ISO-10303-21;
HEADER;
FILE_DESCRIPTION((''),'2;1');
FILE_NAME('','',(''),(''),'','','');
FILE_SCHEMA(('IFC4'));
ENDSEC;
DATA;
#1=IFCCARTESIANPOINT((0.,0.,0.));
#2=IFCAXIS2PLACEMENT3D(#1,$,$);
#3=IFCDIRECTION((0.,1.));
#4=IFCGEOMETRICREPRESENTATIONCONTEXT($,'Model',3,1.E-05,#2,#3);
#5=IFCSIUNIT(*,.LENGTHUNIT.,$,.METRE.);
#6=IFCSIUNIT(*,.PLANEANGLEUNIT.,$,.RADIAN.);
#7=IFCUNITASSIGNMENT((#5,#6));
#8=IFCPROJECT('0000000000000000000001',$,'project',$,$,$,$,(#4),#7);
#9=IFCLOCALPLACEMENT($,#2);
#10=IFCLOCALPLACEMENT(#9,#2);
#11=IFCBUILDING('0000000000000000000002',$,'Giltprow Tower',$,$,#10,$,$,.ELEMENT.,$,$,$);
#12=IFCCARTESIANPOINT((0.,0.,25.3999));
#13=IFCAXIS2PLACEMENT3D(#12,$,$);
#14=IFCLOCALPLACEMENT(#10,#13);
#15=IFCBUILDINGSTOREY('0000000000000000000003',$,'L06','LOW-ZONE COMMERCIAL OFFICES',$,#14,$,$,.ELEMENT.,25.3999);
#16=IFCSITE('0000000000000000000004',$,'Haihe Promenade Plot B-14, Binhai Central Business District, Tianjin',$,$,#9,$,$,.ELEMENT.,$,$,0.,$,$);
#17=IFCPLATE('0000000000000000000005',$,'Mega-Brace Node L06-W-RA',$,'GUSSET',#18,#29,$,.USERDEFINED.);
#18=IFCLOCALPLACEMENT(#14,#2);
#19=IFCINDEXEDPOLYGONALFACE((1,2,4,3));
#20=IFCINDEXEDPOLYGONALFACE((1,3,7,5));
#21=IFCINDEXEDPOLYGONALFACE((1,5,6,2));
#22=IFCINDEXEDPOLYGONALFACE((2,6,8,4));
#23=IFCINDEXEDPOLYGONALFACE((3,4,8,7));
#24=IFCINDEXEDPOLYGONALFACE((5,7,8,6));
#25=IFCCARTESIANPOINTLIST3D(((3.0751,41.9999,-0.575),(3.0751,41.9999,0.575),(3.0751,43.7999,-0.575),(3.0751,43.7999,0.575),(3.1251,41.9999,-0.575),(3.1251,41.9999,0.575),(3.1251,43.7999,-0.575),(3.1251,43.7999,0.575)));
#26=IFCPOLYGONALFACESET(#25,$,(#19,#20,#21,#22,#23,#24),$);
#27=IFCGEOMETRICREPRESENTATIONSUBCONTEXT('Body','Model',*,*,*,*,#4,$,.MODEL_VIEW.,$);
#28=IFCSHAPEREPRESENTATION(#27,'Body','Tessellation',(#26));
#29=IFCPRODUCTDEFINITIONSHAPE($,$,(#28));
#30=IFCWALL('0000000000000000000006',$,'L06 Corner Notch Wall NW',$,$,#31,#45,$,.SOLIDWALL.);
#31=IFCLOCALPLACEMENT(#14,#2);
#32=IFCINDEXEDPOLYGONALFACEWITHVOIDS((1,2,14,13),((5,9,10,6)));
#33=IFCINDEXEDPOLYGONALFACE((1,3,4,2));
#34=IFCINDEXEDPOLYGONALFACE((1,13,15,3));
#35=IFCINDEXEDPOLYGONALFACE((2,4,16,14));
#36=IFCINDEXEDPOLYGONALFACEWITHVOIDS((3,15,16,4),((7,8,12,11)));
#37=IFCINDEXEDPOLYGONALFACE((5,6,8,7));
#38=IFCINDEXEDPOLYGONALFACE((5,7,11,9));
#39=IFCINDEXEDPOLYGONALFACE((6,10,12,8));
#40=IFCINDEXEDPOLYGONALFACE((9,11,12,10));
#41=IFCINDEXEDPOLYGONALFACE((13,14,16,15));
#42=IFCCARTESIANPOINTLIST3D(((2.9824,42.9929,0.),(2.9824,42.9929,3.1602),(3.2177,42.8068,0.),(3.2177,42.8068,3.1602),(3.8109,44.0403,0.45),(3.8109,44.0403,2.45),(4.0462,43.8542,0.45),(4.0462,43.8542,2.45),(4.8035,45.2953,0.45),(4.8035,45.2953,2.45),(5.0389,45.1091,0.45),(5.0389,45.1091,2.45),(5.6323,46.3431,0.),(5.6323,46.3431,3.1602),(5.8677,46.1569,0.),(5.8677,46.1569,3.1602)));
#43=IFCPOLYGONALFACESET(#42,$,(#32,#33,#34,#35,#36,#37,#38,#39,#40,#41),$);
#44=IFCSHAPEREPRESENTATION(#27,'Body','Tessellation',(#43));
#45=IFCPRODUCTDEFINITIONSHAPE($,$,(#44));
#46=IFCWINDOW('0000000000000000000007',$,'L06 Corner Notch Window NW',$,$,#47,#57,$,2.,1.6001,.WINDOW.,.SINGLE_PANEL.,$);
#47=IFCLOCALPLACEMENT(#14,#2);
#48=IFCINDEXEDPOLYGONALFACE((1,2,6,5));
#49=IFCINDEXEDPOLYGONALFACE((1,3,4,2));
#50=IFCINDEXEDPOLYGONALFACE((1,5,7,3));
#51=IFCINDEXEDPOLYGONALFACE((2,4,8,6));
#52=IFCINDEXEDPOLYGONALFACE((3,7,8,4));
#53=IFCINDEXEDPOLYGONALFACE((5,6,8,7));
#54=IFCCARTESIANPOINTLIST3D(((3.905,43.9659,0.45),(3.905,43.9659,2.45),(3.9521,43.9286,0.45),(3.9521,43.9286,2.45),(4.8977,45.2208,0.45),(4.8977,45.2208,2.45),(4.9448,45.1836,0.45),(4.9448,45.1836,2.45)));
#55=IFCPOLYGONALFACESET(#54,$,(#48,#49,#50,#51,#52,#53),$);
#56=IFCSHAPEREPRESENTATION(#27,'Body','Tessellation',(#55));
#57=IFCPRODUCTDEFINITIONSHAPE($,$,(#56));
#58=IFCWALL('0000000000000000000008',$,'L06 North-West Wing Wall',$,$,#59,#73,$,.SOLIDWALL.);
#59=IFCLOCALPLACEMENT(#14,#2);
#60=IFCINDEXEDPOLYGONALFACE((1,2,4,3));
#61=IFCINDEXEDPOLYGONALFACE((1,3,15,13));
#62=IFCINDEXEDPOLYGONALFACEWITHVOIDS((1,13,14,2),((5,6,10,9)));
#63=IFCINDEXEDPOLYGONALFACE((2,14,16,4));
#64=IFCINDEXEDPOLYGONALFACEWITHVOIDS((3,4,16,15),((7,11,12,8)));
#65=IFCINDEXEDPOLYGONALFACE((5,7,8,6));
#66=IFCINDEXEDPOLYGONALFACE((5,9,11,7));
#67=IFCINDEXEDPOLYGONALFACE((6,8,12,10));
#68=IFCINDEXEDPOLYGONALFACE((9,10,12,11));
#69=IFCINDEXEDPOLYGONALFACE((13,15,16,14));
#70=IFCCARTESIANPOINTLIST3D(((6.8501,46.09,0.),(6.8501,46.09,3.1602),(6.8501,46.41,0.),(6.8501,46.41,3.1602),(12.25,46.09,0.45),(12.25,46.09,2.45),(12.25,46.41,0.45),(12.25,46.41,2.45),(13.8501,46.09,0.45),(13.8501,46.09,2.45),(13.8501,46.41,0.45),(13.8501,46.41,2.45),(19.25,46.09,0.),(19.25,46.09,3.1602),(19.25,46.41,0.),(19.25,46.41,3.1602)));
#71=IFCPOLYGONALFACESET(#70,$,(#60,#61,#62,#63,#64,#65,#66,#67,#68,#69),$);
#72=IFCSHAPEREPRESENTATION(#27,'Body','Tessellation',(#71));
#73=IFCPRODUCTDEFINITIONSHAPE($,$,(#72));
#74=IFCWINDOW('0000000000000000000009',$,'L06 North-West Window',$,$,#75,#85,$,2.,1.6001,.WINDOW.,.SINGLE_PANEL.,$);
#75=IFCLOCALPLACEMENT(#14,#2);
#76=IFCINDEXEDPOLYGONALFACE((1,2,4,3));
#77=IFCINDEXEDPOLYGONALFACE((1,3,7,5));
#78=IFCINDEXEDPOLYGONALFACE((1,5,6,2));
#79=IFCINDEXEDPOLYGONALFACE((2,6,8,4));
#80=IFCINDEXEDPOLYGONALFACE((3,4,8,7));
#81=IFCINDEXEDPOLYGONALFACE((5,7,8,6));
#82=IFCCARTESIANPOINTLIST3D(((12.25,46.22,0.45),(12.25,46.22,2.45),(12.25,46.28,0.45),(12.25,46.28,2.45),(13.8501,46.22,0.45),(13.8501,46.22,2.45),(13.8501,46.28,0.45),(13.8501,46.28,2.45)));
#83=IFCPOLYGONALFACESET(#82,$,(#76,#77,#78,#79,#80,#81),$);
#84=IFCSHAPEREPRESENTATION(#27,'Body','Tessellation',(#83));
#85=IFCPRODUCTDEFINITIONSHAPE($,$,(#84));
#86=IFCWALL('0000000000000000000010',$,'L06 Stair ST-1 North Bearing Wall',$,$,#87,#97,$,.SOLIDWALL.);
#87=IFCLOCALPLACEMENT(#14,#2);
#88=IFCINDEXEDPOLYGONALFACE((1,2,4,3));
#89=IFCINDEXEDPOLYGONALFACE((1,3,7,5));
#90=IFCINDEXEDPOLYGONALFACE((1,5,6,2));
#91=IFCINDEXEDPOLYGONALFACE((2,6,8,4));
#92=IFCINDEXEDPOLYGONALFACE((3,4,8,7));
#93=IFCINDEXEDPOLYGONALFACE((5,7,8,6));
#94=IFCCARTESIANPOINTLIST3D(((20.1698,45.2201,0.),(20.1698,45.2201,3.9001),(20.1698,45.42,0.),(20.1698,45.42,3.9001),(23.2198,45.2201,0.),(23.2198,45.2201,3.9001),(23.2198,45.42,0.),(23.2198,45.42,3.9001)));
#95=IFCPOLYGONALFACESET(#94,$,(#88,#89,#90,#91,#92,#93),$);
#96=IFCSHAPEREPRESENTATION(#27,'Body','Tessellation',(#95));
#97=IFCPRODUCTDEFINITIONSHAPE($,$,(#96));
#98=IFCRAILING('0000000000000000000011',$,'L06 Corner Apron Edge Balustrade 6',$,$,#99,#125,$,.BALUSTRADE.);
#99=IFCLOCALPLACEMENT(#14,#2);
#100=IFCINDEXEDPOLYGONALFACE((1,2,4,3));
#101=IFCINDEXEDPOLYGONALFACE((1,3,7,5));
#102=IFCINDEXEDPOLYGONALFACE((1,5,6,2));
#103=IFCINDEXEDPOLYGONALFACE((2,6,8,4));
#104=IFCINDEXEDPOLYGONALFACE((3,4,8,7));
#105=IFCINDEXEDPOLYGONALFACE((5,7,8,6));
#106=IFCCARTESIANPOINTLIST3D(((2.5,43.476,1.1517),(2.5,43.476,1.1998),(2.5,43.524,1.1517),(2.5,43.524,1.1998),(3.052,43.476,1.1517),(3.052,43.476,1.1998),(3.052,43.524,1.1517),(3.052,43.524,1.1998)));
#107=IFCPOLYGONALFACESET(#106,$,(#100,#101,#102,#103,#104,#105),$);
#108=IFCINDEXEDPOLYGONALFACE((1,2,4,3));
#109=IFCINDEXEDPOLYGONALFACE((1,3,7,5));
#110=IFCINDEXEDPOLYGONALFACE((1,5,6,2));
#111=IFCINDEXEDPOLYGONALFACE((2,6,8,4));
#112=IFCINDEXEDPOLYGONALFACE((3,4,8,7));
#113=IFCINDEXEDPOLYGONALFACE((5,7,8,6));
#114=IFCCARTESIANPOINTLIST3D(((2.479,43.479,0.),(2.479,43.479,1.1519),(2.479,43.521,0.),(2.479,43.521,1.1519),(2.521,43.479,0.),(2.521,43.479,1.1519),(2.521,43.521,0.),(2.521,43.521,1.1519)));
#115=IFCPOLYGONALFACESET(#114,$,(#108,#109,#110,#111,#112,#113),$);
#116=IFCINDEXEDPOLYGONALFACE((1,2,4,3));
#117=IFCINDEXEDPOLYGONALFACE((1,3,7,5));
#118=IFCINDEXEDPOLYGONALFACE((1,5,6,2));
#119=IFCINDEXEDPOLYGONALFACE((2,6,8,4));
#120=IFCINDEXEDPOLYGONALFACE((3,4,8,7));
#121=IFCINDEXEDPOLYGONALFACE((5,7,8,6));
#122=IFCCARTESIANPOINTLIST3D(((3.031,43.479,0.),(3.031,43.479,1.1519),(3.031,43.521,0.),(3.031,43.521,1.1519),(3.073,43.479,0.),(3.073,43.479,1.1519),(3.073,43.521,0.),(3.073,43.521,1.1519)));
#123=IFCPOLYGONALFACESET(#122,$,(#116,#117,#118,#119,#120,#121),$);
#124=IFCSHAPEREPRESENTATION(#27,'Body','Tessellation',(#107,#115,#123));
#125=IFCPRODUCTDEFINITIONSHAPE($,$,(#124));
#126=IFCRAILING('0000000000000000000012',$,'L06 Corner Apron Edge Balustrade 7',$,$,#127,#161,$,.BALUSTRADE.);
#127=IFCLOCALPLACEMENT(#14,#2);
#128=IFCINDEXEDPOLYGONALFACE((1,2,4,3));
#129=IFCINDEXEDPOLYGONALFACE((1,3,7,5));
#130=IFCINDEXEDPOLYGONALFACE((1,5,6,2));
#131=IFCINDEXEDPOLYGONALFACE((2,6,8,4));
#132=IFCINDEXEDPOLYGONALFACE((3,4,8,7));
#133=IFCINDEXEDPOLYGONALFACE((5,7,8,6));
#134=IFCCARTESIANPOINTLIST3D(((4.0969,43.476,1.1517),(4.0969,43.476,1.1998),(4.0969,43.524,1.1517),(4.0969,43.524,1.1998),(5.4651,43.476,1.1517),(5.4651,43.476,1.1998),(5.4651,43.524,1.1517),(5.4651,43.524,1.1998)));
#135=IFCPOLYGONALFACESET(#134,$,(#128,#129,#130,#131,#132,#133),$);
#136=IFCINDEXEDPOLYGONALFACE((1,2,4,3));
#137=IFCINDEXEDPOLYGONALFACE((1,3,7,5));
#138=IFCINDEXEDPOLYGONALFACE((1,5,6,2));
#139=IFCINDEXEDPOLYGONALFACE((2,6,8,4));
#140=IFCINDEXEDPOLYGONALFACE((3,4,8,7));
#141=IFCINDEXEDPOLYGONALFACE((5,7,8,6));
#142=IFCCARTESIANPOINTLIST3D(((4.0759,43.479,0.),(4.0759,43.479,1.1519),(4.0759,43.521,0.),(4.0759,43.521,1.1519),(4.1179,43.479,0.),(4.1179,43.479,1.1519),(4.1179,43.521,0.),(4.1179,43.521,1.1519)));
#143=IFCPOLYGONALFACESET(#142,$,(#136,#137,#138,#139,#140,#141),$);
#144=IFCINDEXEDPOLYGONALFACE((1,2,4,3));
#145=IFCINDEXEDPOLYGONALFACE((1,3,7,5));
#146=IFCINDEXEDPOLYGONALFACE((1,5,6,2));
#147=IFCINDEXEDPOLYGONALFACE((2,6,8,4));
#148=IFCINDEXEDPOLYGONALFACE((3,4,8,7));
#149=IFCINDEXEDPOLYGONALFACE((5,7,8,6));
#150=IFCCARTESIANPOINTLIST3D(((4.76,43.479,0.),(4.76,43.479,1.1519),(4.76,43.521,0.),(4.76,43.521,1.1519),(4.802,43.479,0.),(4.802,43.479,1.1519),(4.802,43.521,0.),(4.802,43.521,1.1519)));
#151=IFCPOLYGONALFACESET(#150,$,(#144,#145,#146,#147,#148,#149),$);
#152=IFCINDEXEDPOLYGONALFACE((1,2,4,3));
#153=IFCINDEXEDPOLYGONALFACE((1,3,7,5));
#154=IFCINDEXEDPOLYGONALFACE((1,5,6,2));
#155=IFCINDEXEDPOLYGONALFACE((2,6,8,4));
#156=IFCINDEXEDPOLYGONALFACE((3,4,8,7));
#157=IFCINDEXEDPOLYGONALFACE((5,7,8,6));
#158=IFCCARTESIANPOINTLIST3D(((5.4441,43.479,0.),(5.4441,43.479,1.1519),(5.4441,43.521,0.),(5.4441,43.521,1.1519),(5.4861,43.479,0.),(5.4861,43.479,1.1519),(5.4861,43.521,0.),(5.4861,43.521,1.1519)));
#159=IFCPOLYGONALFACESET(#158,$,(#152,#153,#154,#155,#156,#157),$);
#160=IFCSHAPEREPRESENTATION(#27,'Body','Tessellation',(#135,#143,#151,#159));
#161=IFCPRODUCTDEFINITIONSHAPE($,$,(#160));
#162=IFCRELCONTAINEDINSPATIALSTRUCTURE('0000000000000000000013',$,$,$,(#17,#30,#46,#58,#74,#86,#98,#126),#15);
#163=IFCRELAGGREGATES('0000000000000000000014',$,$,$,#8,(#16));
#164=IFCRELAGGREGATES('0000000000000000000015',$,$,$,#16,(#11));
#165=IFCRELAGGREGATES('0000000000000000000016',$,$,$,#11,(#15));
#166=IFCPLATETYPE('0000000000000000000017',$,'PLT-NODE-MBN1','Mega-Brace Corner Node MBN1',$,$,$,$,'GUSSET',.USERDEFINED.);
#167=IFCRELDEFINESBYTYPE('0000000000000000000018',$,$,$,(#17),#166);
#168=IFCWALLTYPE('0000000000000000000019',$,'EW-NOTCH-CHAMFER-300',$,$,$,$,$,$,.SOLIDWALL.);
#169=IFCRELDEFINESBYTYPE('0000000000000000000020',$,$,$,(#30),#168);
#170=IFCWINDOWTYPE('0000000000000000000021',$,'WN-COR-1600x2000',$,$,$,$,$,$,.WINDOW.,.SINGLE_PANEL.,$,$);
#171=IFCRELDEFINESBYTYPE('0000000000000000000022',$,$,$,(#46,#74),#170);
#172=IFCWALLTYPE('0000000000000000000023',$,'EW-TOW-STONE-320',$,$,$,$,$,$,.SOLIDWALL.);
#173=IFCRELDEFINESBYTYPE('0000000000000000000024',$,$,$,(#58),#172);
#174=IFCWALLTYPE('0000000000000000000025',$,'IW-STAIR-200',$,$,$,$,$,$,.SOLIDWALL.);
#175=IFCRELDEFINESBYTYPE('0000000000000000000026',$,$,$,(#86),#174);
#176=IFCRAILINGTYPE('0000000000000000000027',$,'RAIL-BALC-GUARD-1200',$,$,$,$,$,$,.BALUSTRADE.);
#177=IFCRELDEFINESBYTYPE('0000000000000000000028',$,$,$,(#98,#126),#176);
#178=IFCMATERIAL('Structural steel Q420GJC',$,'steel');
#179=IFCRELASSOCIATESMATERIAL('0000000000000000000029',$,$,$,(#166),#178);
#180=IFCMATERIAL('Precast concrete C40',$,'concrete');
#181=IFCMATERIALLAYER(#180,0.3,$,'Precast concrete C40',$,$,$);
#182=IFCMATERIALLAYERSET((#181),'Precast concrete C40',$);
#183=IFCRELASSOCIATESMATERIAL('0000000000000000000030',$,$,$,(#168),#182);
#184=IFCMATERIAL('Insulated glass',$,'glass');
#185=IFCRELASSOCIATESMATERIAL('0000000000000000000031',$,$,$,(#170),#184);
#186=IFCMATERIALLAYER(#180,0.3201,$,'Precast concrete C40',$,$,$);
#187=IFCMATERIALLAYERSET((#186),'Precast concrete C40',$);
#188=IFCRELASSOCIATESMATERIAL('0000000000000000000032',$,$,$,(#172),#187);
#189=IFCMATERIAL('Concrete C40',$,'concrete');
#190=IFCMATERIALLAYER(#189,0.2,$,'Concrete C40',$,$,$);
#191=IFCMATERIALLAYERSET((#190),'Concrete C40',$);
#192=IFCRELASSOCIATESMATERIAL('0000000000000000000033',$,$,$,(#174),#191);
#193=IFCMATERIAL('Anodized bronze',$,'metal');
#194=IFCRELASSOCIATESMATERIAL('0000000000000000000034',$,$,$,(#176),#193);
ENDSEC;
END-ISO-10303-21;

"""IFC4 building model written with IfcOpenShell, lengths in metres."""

from ifc_helpers import new_model, si_unit, direction, frame, frame_2d, origin, origin_2d, place, context, subcontext, project, spatial, rectangle, extrude, source, transform, mapped, material, layer, layer_set, type_object, element, fill, save


model = new_model("IFC4")

# Units and contexts
model_context = context("Model", 3, precision=1e-05, world=origin(), true_north=direction((0.0, 1.0)))
body_context = subcontext(model_context, "Body", "Model", "MODEL_VIEW")
ifc_project = project(units=[si_unit("LENGTHUNIT", "METRE"), si_unit("PLANEANGLEUNIT", "RADIAN")], contexts=[model_context])

# Site, building, storey
site_placement = place(None, origin())
site = spatial("IfcSite", under=ifc_project, at=site_placement, Name="Haihe Promenade Plot B-14, Binhai Central Business District, Tianjin", CompositionType="ELEMENT", RefElevation=0.0)
building_placement = place(site_placement, origin())
building = spatial("IfcBuilding", under=site, at=building_placement, Name="Giltprow Tower", CompositionType="ELEMENT")
storey_placement = place(building_placement, frame((0.0, 0.0, 25.3999)))
storey = spatial("IfcBuildingStorey", under=building, at=storey_placement, Name="L06", Description="LOW-ZONE COMMERCIAL OFFICES", CompositionType="ELEMENT", Elevation=25.3999)

# Shared definitions
ifc_material_1 = material(Name="Structural steel Q420GJC", Category="steel")

# Plate
plate_type = type_object("IfcPlateType", Name="PLT-NODE-MBN1", Description="Mega-Brace Corner Node MBN1", ElementType="GUSSET", PredefinedType="USERDEFINED", material=ifc_material_1)
shared_shape_1 = source(origin(), body_context, "Body", "SweptSolid", [
    extrude(rectangle(XDim=1.8, YDim=0.05, at=origin_2d()), origin(), (0.0, 0.0, 1.0), 1.1499),
])
for number, where, z_axis, x_axis, name in (
    (1, (3.1001, 42.8999, -0.575), (0.0, 0.0, 1.0), (0.0, 1.0, 0.0), "Mega-Brace Node L06-W-RA"),
):
    element("IfcPlate", number, at=place(storey_placement, frame(where, z_axis=z_axis, x_axis=x_axis)), inside=storey, type_object=plate_type, Name=name, ObjectType="GUSSET", PredefinedType="USERDEFINED", context=body_context, shape_type="MappedRepresentation", body=[
        mapped(shared_shape_1, transform((0.0, 0.0, 0.0), x_axis=(1.0, 0.0, 0.0), y_axis=(0.0, 1.0, 0.0), z_axis=(0.0, 0.0, 1.0), scale=1.0)),
    ])

# Walls, openings, windows
ifc_material_2 = material(Name="Precast concrete C40", Category="concrete")
ifc_layer_1 = layer(ifc_material_2, 0.3, Name="Precast concrete C40")
ifc_layer_set_1 = layer_set([ifc_layer_1], Name="Precast concrete C40")
wall_type_1 = type_object("IfcWallType", Name="EW-NOTCH-CHAMFER-300", PredefinedType="SOLIDWALL", material=ifc_layer_set_1)
wall_1_placement = place(storey_placement, frame((5.75, 46.25, 0.0), z_axis=(0.0, 0.0, 1.0), x_axis=(-0.620378, -0.784303, 0.0)))
wall_1 = element("IfcWall", 2, at=wall_1_placement, inside=storey, type_object=wall_type_1, Name="L06 Corner Notch Wall NW", PredefinedType="SOLIDWALL", context=body_context, shape_type="SweptSolid", body=[
    extrude(rectangle(XDim=4.2715, YDim=0.3, at=frame_2d((2.1357, 0.0))), origin(), (0.0, 0.0, 1.0), 3.1602),
])
opening_1_placement = place(wall_1_placement, frame((1.3359, 0.0, 0.45)))
opening_1 = element("IfcOpeningElement", 3, at=opening_1_placement, cuts=wall_1, PredefinedType="OPENING", context=body_context, shape_type="SweptSolid", body=[
    extrude(rectangle(XDim=1.6001, YDim=2.0, at=frame_2d((0.8, 1.0))), frame((0.0, 0.1599, 0.0), z_axis=(0.0, -1.0, 0.0), x_axis=(1.0, 0.0, 0.0)), (0.0, 0.0, 1.0), 0.3201),
])
ifc_material_3 = material(Name="Insulated glass", Category="glass")
window_type = type_object("IfcWindowType", Name="WN-COR-1600x2000", PartitioningType="SINGLE_PANEL", PredefinedType="WINDOW", material=ifc_material_3)
shared_shape_2 = source(origin(), body_context, "Body", "SweptSolid", [
    extrude(rectangle(XDim=1.6001, YDim=2.0, at=frame_2d((0.8, 1.0))), frame((0.0, 0.03, 0.0), z_axis=(0.0, -1.0, 0.0), x_axis=(1.0, 0.0, 0.0)), (0.0, 0.0, 1.0), 0.0601),
])
window_1_placement = place(opening_1_placement, origin())
window_1 = element("IfcWindow", 4, at=window_1_placement, inside=storey, type_object=window_type, Name="L06 Corner Notch Window NW", OverallHeight=2.0, OverallWidth=1.6001, PartitioningType="SINGLE_PANEL", PredefinedType="WINDOW", context=body_context, shape_type="MappedRepresentation", body=[
    mapped(shared_shape_2, transform((0.0, 0.0, 0.0), x_axis=(1.0, 0.0, 0.0), y_axis=(0.0, 1.0, 0.0), z_axis=(0.0, 0.0, 1.0), scale=1.0)),
])
fill(opening_1, window_1)
ifc_layer_2 = layer(ifc_material_2, 0.3201, Name="Precast concrete C40")
ifc_layer_set_2 = layer_set([ifc_layer_2], Name="Precast concrete C40")
wall_type_2 = type_object("IfcWallType", Name="EW-TOW-STONE-320", PredefinedType="SOLIDWALL", material=ifc_layer_set_2)
wall_2_placement = place(storey_placement, frame((6.8501, 46.25, 0.0), z_axis=(0.0, 0.0, 1.0), x_axis=(1.0, 0.0, 0.0)))
wall_2 = element("IfcWall", 5, at=wall_2_placement, inside=storey, type_object=wall_type_2, Name="L06 North-West Wing Wall", PredefinedType="SOLIDWALL", context=body_context, shape_type="SweptSolid", body=[
    extrude(rectangle(XDim=12.3999, YDim=0.3201, at=frame_2d((6.2, 0.0))), origin(), (0.0, 0.0, 1.0), 3.1602),
])
opening_2_placement = place(wall_2_placement, frame((5.3999, 0.0, 0.45)))
opening_2 = element("IfcOpeningElement", 6, at=opening_2_placement, cuts=wall_2, PredefinedType="OPENING", context=body_context, shape_type="SweptSolid", body=[
    extrude(rectangle(XDim=1.6001, YDim=2.0, at=frame_2d((0.8, 1.0))), frame((0.0, 0.1699, 0.0), z_axis=(0.0, -1.0, 0.0), x_axis=(1.0, 0.0, 0.0)), (0.0, 0.0, 1.0), 0.3401),
])
window_2_placement = place(opening_2_placement, origin())
window_2 = element("IfcWindow", 7, at=window_2_placement, inside=storey, type_object=window_type, Name="L06 North-West Window", OverallHeight=2.0, OverallWidth=1.6001, PartitioningType="SINGLE_PANEL", PredefinedType="WINDOW", context=body_context, shape_type="MappedRepresentation", body=[
    mapped(shared_shape_2, transform((0.0, 0.0, 0.0), x_axis=(1.0, 0.0, 0.0), y_axis=(0.0, 1.0, 0.0), z_axis=(0.0, 0.0, 1.0), scale=1.0)),
])
fill(opening_2, window_2)

# Wall
ifc_material_4 = material(Name="Concrete C40", Category="concrete")
ifc_layer_3 = layer(ifc_material_4, 0.2, Name="Concrete C40")
ifc_layer_set_3 = layer_set([ifc_layer_3], Name="Concrete C40")
wall_type_3 = type_object("IfcWallType", Name="IW-STAIR-200", PredefinedType="SOLIDWALL", material=ifc_layer_set_3)
wall_3_placement = place(storey_placement, frame((20.1699, 45.3201, 0.0), z_axis=(0.0, 0.0, 1.0), x_axis=(1.0, 0.0, 0.0)))
element("IfcWall", 8, at=wall_3_placement, inside=storey, type_object=wall_type_3, Name="L06 Stair ST-1 North Bearing Wall", PredefinedType="SOLIDWALL", context=body_context, shape_type="SweptSolid", body=[
    extrude(rectangle(XDim=3.05, YDim=0.2, at=frame_2d((1.5249, 0.0))), origin(), (0.0, 0.0, 1.0), 3.9001),
])

# Railings
ifc_material_5 = material(Name="Anodized bronze", Category="metal")
railing_type_1 = type_object("IfcRailingType", Name="RAIL-BALC-GUARD-1200", PredefinedType="BALUSTRADE", material=ifc_material_5)
railing_1_placement = place(storey_placement, frame((2.5, 43.5, 0.0)))
element("IfcRailing", 9, at=railing_1_placement, inside=storey, type_object=railing_type_1, Name="L06 Corner Apron Edge Balustrade 6", PredefinedType="BALUSTRADE", context=body_context, shape_type="SweptSolid", body=[
    extrude(rectangle(XDim=0.0481, YDim=0.0481, at=origin_2d()), frame((0.0, 0.0, 1.1758), z_axis=(1.0, 0.0, 0.0), x_axis=(0.0, 1.0, 0.0)), (0.0, 0.0, 1.0), 0.552),
    extrude(rectangle(XDim=0.042, YDim=0.042, at=origin_2d()), origin(), (0.0, 0.0, 1.0), 1.1519),
    extrude(rectangle(XDim=0.042, YDim=0.042, at=origin_2d()), frame((0.552, 0.0, 0.0)), (0.0, 0.0, 1.0), 1.1519),
])
railing_2_placement = place(storey_placement, frame((4.0969, 43.5, 0.0)))
element("IfcRailing", 10, at=railing_2_placement, inside=storey, type_object=railing_type_1, Name="L06 Corner Apron Edge Balustrade 7", PredefinedType="BALUSTRADE", context=body_context, shape_type="SweptSolid", body=[
    extrude(rectangle(XDim=0.0481, YDim=0.0481, at=origin_2d()), frame((0.0, 0.0, 1.1758), z_axis=(1.0, 0.0, 0.0), x_axis=(0.0, 1.0, 0.0)), (0.0, 0.0, 1.0), 1.3682),
    extrude(rectangle(XDim=0.042, YDim=0.042, at=origin_2d()), origin(), (0.0, 0.0, 1.0), 1.1519),
    extrude(rectangle(XDim=0.042, YDim=0.042, at=origin_2d()), frame((0.6841, 0.0, 0.0)), (0.0, 0.0, 1.0), 1.1519),
    extrude(rectangle(XDim=0.042, YDim=0.042, at=origin_2d()), frame((1.3682, 0.0, 0.0)), (0.0, 0.0, 1.0), 1.1519),
])

save(model, "model.ifc")
